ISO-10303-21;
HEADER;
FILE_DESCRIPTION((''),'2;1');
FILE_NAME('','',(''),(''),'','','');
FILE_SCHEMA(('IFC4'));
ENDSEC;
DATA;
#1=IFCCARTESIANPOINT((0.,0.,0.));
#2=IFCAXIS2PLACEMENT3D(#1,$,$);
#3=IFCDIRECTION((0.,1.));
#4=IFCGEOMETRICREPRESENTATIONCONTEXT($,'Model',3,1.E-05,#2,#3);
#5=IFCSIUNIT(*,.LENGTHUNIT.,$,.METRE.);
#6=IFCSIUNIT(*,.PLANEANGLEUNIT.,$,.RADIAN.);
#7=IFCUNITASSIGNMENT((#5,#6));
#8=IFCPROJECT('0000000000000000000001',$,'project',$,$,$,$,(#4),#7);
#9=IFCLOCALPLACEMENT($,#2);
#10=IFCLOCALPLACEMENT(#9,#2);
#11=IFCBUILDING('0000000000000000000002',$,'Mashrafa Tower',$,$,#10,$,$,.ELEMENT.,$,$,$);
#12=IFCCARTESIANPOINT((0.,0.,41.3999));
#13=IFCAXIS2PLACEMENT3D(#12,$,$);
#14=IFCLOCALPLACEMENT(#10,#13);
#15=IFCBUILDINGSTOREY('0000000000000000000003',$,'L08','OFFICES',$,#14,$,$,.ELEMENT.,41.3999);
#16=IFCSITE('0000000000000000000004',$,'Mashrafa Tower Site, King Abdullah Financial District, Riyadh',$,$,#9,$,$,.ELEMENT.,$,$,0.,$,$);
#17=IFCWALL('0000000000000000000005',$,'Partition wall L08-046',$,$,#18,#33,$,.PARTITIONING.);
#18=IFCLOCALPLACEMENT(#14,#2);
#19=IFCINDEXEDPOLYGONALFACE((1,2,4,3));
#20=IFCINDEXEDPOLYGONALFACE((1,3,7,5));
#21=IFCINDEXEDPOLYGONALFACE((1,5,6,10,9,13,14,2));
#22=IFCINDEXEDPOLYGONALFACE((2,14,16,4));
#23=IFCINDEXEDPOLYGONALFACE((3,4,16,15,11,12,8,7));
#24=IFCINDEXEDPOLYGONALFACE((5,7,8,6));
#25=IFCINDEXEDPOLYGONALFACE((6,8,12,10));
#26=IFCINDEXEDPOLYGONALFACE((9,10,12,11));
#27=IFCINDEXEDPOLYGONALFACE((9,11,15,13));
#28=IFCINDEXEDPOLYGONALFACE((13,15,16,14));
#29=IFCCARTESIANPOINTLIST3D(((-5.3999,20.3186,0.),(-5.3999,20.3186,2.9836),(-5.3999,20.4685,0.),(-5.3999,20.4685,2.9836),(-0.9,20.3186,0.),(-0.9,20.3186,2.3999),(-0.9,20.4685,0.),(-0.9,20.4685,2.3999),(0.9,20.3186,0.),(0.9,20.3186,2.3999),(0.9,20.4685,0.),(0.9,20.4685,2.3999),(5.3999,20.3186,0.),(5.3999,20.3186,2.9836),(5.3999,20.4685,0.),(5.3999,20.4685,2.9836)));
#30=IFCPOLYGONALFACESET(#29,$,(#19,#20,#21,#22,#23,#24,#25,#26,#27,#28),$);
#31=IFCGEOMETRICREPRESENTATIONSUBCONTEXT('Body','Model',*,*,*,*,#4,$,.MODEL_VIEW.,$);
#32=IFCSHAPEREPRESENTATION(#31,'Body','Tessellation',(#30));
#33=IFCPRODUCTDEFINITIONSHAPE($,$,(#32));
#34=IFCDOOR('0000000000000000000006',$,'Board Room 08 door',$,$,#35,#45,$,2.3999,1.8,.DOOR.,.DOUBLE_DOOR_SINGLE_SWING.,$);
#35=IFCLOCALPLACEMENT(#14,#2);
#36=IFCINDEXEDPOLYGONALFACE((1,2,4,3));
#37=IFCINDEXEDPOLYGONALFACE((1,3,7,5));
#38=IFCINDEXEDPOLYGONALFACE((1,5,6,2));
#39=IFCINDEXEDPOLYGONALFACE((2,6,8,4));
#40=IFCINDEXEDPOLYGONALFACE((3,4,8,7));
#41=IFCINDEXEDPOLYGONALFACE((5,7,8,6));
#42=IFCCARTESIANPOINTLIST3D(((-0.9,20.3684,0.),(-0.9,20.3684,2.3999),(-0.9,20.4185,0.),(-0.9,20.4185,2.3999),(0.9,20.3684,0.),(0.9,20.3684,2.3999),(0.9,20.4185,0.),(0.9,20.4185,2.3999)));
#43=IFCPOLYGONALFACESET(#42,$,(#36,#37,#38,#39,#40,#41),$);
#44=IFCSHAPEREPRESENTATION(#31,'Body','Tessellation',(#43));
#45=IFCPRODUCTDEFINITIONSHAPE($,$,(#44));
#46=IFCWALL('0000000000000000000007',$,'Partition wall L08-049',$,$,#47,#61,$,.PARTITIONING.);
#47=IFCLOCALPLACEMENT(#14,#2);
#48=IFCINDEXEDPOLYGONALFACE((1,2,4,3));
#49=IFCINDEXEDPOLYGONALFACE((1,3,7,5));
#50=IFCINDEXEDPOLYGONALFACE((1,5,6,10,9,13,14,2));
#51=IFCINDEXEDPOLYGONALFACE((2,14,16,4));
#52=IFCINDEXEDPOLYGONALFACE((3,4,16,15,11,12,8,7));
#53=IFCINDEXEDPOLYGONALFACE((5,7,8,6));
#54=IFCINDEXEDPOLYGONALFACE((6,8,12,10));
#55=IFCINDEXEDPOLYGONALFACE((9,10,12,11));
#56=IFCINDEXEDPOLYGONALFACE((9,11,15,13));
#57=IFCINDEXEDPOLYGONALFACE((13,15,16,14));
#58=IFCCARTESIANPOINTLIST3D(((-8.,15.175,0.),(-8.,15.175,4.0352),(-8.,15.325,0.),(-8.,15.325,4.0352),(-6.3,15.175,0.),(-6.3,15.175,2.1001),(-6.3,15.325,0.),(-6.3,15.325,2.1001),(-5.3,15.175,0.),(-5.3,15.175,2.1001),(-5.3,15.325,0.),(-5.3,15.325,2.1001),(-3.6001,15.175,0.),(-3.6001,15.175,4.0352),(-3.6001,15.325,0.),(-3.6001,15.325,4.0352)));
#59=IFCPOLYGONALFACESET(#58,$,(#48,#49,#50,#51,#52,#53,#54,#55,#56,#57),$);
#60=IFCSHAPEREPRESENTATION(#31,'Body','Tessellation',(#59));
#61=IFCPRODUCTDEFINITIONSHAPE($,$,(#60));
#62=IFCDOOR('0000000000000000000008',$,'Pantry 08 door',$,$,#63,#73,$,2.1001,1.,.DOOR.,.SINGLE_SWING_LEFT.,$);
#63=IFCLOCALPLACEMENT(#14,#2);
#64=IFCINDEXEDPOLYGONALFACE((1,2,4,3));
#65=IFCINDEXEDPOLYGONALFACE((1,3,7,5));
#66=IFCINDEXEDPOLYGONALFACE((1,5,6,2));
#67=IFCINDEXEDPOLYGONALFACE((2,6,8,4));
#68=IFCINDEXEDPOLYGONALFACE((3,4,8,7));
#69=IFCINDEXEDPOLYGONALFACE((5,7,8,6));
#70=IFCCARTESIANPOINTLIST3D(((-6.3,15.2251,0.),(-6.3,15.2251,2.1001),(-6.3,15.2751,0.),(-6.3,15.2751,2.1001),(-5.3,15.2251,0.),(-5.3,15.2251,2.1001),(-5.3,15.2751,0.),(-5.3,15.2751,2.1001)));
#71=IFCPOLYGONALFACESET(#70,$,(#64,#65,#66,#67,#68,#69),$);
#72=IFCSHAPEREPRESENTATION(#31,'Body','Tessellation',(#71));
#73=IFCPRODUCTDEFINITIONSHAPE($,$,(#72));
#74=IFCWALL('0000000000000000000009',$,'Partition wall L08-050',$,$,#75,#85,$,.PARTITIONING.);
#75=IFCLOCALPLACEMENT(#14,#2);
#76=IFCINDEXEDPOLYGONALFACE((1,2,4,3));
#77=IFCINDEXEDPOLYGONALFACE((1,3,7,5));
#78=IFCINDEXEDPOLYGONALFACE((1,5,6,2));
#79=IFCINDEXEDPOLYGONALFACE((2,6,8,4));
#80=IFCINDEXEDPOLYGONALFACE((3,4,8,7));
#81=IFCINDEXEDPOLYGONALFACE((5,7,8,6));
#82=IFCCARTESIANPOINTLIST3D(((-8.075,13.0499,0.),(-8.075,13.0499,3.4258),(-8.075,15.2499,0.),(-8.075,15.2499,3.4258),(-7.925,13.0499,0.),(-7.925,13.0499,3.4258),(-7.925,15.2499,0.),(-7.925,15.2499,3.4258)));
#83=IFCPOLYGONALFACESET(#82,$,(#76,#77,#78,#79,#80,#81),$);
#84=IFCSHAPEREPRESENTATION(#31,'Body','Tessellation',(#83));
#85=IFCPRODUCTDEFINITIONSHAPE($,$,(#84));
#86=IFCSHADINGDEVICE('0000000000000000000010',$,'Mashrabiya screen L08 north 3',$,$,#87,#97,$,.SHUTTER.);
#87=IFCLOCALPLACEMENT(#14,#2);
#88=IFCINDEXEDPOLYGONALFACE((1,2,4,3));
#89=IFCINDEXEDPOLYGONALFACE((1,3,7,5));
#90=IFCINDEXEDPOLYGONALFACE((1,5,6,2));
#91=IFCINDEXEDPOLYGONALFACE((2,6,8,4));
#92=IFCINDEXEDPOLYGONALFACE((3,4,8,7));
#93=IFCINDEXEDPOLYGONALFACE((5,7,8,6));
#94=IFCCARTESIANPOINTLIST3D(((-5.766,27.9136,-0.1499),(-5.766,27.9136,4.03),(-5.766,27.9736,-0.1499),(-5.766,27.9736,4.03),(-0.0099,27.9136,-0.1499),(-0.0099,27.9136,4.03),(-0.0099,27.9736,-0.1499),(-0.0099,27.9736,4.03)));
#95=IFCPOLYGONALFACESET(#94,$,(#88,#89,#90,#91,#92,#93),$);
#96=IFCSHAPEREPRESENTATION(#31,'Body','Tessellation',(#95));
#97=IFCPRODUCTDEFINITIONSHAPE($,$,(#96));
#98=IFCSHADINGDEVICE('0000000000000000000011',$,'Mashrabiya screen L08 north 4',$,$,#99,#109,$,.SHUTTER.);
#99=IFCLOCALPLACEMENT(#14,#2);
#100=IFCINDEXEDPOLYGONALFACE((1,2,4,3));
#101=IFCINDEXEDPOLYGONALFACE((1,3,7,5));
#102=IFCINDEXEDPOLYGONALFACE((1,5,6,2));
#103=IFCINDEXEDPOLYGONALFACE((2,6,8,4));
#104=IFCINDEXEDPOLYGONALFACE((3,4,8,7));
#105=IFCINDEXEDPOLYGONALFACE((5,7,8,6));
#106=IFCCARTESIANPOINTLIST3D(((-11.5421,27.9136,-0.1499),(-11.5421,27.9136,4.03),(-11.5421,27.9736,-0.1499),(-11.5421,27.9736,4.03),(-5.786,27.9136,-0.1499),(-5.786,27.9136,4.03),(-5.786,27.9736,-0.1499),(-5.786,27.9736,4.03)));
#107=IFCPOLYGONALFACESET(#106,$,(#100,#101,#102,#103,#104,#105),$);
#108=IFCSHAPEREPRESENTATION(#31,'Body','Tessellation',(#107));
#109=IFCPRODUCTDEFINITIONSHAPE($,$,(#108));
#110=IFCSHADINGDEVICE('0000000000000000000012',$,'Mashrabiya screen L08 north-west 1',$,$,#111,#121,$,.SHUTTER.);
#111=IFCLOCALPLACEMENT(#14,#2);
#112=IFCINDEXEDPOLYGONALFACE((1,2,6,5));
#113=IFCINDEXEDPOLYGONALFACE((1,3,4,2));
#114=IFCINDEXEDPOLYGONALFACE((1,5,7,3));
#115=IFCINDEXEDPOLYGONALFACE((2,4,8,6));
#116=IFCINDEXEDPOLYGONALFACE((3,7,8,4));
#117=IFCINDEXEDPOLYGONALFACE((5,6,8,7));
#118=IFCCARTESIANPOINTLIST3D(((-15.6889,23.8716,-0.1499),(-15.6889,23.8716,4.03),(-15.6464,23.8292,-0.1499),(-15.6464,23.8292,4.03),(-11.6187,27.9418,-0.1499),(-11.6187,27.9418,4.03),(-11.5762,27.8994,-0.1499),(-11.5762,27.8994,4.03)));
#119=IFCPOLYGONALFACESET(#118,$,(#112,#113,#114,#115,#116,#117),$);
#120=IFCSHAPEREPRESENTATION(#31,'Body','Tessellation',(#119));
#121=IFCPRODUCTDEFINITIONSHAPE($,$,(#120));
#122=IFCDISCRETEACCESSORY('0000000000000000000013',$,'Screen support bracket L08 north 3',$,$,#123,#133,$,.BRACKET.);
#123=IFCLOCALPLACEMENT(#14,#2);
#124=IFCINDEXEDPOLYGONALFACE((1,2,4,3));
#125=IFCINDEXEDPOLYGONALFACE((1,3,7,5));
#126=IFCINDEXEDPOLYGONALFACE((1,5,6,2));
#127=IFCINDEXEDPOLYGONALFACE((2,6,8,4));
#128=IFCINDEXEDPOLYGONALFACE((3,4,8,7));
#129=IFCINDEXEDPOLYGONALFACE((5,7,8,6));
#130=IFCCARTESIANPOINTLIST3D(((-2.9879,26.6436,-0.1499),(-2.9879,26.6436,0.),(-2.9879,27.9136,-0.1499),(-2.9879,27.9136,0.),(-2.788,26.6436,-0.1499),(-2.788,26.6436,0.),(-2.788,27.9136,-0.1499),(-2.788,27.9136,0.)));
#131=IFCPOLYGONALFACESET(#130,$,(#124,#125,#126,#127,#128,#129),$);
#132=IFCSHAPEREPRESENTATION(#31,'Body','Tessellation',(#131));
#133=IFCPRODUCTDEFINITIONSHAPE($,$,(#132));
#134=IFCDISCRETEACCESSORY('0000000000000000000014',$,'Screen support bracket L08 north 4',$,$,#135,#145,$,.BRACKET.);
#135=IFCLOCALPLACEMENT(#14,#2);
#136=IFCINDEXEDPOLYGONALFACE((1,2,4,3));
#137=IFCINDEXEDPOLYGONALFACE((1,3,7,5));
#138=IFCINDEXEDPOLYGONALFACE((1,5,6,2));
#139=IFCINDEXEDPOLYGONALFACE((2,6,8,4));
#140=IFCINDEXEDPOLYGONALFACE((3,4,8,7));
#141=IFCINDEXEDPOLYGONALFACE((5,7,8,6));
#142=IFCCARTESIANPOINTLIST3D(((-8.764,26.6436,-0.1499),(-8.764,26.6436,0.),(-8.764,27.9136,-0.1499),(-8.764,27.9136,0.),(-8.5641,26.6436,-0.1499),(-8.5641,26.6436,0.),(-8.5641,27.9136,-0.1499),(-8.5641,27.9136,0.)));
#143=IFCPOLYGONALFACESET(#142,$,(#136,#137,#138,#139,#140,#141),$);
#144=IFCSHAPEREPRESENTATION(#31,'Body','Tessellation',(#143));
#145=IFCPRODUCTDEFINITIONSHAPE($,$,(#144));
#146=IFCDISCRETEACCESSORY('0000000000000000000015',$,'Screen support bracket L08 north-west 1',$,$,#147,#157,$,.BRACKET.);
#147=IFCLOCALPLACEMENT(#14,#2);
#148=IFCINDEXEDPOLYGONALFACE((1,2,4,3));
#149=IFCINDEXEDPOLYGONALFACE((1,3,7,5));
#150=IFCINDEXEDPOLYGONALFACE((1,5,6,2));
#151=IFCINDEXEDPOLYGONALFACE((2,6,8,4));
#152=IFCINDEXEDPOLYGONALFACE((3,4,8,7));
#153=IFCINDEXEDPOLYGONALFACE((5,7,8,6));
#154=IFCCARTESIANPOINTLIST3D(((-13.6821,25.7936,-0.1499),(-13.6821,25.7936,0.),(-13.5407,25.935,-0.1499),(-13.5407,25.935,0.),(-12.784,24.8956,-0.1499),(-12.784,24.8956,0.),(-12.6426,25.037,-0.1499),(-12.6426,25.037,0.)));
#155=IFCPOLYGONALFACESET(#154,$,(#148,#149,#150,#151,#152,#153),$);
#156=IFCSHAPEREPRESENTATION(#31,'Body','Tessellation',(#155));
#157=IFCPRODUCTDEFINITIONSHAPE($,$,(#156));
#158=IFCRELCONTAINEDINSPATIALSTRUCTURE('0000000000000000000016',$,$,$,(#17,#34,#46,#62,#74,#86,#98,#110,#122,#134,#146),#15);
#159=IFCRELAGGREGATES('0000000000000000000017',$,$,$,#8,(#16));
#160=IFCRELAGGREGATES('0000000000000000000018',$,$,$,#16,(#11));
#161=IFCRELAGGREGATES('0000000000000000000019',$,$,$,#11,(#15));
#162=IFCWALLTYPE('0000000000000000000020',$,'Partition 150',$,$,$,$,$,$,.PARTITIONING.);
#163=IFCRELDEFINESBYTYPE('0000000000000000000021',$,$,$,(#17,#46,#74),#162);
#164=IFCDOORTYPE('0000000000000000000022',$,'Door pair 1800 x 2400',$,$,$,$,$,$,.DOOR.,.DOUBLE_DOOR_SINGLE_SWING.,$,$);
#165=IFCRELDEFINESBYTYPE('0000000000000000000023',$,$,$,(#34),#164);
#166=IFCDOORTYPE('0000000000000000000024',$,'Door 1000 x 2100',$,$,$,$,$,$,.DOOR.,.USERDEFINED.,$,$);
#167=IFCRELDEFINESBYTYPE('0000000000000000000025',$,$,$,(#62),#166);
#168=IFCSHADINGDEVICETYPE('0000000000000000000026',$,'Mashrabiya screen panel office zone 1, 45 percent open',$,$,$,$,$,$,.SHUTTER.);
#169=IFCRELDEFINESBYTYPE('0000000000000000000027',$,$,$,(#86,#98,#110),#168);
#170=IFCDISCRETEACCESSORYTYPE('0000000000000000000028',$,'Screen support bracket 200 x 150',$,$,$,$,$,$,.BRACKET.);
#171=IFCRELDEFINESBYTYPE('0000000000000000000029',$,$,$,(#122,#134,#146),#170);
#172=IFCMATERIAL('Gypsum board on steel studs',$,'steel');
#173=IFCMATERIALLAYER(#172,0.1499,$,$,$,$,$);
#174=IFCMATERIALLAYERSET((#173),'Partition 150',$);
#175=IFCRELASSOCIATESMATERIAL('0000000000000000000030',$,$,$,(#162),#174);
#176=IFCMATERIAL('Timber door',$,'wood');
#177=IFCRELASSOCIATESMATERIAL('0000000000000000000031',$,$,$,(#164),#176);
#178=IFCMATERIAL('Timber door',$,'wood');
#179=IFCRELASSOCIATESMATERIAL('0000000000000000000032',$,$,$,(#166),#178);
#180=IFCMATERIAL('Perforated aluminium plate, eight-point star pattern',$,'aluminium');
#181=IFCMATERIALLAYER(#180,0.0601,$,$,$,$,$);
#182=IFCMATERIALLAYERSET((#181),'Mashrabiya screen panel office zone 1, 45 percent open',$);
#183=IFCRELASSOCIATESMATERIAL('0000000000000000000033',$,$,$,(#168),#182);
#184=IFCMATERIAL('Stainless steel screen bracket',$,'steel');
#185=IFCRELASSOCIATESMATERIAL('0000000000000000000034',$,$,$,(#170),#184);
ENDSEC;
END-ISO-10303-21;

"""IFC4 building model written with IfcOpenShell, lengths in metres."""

from ifc_helpers import new_model, si_unit, direction, frame, frame_2d, origin, origin_2d, place, context, subcontext, project, spatial, rectangle, extrude, source, transform, mapped, material, layer, layer_set, type_object, type_shapes, element, fill, save


model = new_model("IFC4")

# Units and contexts
model_context = context("Model", 3, precision=1e-05, world=origin(), true_north=direction((0.0, 1.0)))
body_context = subcontext(model_context, "Body", "Model", "MODEL_VIEW")
ifc_project = project(units=[si_unit("LENGTHUNIT", "METRE"), si_unit("PLANEANGLEUNIT", "RADIAN")], contexts=[model_context])

# Site, building, storey
site_placement = place(None, origin())
site = spatial("IfcSite", under=ifc_project, at=site_placement, Name="Mashrafa Tower Site, King Abdullah Financial District, Riyadh", CompositionType="ELEMENT", RefElevation=0.0)
building_placement = place(site_placement, origin())
building = spatial("IfcBuilding", under=site, at=building_placement, Name="Mashrafa Tower", CompositionType="ELEMENT")
storey_placement = place(building_placement, frame((0.0, 0.0, 41.3999)))
storey = spatial("IfcBuildingStorey", under=building, at=storey_placement, Name="L08", Description="OFFICES", CompositionType="ELEMENT", Elevation=41.3999)

# Shared definitions
ifc_material_1 = material(Name="Gypsum board on steel studs", Category="steel")
ifc_layer_1 = layer(ifc_material_1, 0.1499)
ifc_layer_set_1 = layer_set([ifc_layer_1], Name="Partition 150")
wall_type = type_object("IfcWallType", Name="Partition 150", PredefinedType="PARTITIONING", material=ifc_layer_set_1)

# Walls, openings, doors
wall_1_placement = place(storey_placement, frame((-5.3999, 20.3936, 0.0), z_axis=(0.0, 0.0, 1.0), x_axis=(1.0, 0.0, 0.0)))
wall_1 = element("IfcWall", 1, at=wall_1_placement, inside=storey, type_object=wall_type, Name="Partition wall L08-046", PredefinedType="PARTITIONING", context=body_context, shape_type="SweptSolid", body=[
    extrude(rectangle(XDim=10.7998, YDim=0.1499, at=frame_2d((5.3999, 0.0))), origin(), (0.0, 0.0, 1.0), 2.9836),
])
opening_1_placement = place(wall_1_placement, frame((4.5, 0.0, 0.0)))
opening_1 = element("IfcOpeningElement", 2, at=opening_1_placement, cuts=wall_1, PredefinedType="OPENING", context=body_context, shape_type="SweptSolid", body=[
    extrude(rectangle(XDim=1.8, YDim=2.3999, at=frame_2d((0.8999, 1.2))), frame((0.0, 0.085, 0.0), z_axis=(0.0, -1.0, 0.0), x_axis=(1.0, 0.0, 0.0)), (0.0, 0.0, 1.0), 0.1699),
])
ifc_material_2 = material(Name="Timber door", Category="wood")
door_type_1 = type_object("IfcDoorType", Name="Door pair 1800 x 2400", OperationType="DOUBLE_DOOR_SINGLE_SWING", PredefinedType="DOOR", material=ifc_material_2)
door_1_placement = place(opening_1_placement, origin())
door_1 = element("IfcDoor", 3, at=door_1_placement, inside=storey, type_object=door_type_1, Name="Board Room 08 door", OperationType="DOUBLE_DOOR_SINGLE_SWING", OverallHeight=2.3999, OverallWidth=1.8, PredefinedType="DOOR", context=body_context, shape_type="SweptSolid", body=[
    extrude(rectangle(XDim=1.8, YDim=2.3999, at=frame_2d((0.8999, 1.2))), frame((0.0, 0.0249, 0.0), z_axis=(0.0, -1.0, 0.0), x_axis=(1.0, 0.0, 0.0)), (0.0, 0.0, 1.0), 0.05),
])
fill(opening_1, door_1)
wall_2_placement = place(storey_placement, frame((-3.6001, 15.25, 0.0), z_axis=(0.0, 0.0, 1.0), x_axis=(-1.0, 0.0, 0.0)))
wall_2 = element("IfcWall", 4, at=wall_2_placement, inside=storey, type_object=wall_type, Name="Partition wall L08-049", PredefinedType="PARTITIONING", context=body_context, shape_type="SweptSolid", body=[
    extrude(rectangle(XDim=4.3999, YDim=0.1499, at=frame_2d((2.2, 0.0))), origin(), (0.0, 0.0, 1.0), 4.0352),
])
opening_2_placement = place(wall_2_placement, frame((1.7, 0.0, 0.0)))
opening_2 = element("IfcOpeningElement", 5, at=opening_2_placement, cuts=wall_2, PredefinedType="OPENING", context=body_context, shape_type="SweptSolid", body=[
    extrude(rectangle(XDim=1.0, YDim=2.1001, at=frame_2d((0.5, 1.05))), frame((0.0, 0.085, 0.0), z_axis=(0.0, -1.0, 0.0), x_axis=(1.0, 0.0, 0.0)), (0.0, 0.0, 1.0), 0.1699),
])
ifc_material_3 = material(Name="Timber door", Category="wood")
door_type_2 = type_object("IfcDoorType", Name="Door 1000 x 2100", OperationType="USERDEFINED", PredefinedType="DOOR", material=ifc_material_3)
door_2_placement = place(opening_2_placement, origin())
door_2 = element("IfcDoor", 6, at=door_2_placement, inside=storey, type_object=door_type_2, Name="Pantry 08 door", OperationType="SINGLE_SWING_LEFT", OverallHeight=2.1001, OverallWidth=1.0, PredefinedType="DOOR", context=body_context, shape_type="SweptSolid", body=[
    extrude(rectangle(XDim=1.0, YDim=2.1001, at=frame_2d((0.5, 1.05))), frame((0.0, 0.0249, 0.0), z_axis=(0.0, -1.0, 0.0), x_axis=(1.0, 0.0, 0.0)), (0.0, 0.0, 1.0), 0.05),
])
fill(opening_2, door_2)

# Wall
wall_3_placement = place(storey_placement, frame((-8.0, 15.25, 0.0), z_axis=(0.0, 0.0, 1.0), x_axis=(0.0, -1.0, 0.0)))
element("IfcWall", 7, at=wall_3_placement, inside=storey, type_object=wall_type, Name="Partition wall L08-050", PredefinedType="PARTITIONING", context=body_context, shape_type="SweptSolid", body=[
    extrude(rectangle(XDim=2.2, YDim=0.1499, at=frame_2d((1.1001, 0.0))), origin(), (0.0, 0.0, 1.0), 3.4258),
])

# Shading devices
ifc_material_4 = material(Name="Perforated aluminium plate, eight-point star pattern", Category="aluminium")
ifc_layer_2 = layer(ifc_material_4, 0.0601)
ifc_layer_set_2 = layer_set([ifc_layer_2], Name="Mashrabiya screen panel office zone 1, 45 percent open")
shading_device_type = type_object("IfcShadingDeviceType", Name="Mashrabiya screen panel office zone 1, 45 percent open", PredefinedType="SHUTTER", material=ifc_layer_set_2)
shared_shape_1 = source(origin(), body_context, "Body", "SweptSolid", [
    extrude(rectangle(XDim=5.7561, YDim=0.0601, at=origin_2d()), origin(), (0.0, 0.0, 1.0), 4.1799),
])
type_shapes(shading_device_type, [shared_shape_1])
for number, where, z_axis, x_axis, name in (
    (8, (-2.8879, 27.9436, -0.1499), (0.0, 0.0, 1.0), (-1.0, 0.0, 0.0), "Mashrabiya screen L08 north 3"),
    (9, (-8.6641, 27.9436, -0.1499), (0.0, 0.0, 1.0), (-1.0, 0.0, 0.0), "Mashrabiya screen L08 north 4"),
    (10, (-13.6326, 25.8855, -0.1499), (0.0, 0.0, 1.0), (-0.707107, -0.707107, 0.0), "Mashrabiya screen L08 north-west 1"),
):
    element("IfcShadingDevice", number, at=place(storey_placement, frame(where, z_axis=z_axis, x_axis=x_axis)), inside=storey, type_object=shading_device_type, Name=name, PredefinedType="SHUTTER", context=body_context, shape_type="MappedRepresentation", body=[
        mapped(shared_shape_1, transform((0.0, 0.0, 0.0))),
    ])

# Discrete accessories
ifc_material_5 = material(Name="Stainless steel screen bracket", Category="steel")
discrete_accessory_type = type_object("IfcDiscreteAccessoryType", Name="Screen support bracket 200 x 150", PredefinedType="BRACKET", material=ifc_material_5)
shared_shape_2 = source(origin(), body_context, "Body", "SweptSolid", [
    extrude(rectangle(XDim=0.2, YDim=1.27, at=origin_2d()), origin(), (0.0, 0.0, 1.0), 0.1499),
])
type_shapes(discrete_accessory_type, [shared_shape_2])
for number, where, z_axis, x_axis, name in (
    (11, (-2.8879, 27.2786, -0.1499), (0.0, 0.0, 1.0), (-1.0, 0.0, 0.0), "Screen support bracket L08 north 3"),
    (12, (-8.6641, 27.2786, -0.1499), (0.0, 0.0, 1.0), (-1.0, 0.0, 0.0), "Screen support bracket L08 north 4"),
    (13, (-13.1624, 25.4153, -0.1499), (0.0, 0.0, 1.0), (-0.707107, -0.707107, 0.0), "Screen support bracket L08 north-west 1"),
):
    element("IfcDiscreteAccessory", number, at=place(storey_placement, frame(where, z_axis=z_axis, x_axis=x_axis)), inside=storey, type_object=discrete_accessory_type, Name=name, PredefinedType="BRACKET", context=body_context, shape_type="MappedRepresentation", body=[
        mapped(shared_shape_2, transform((0.0, 0.0, 0.0))),
    ])

save(model, "model.ifc")
